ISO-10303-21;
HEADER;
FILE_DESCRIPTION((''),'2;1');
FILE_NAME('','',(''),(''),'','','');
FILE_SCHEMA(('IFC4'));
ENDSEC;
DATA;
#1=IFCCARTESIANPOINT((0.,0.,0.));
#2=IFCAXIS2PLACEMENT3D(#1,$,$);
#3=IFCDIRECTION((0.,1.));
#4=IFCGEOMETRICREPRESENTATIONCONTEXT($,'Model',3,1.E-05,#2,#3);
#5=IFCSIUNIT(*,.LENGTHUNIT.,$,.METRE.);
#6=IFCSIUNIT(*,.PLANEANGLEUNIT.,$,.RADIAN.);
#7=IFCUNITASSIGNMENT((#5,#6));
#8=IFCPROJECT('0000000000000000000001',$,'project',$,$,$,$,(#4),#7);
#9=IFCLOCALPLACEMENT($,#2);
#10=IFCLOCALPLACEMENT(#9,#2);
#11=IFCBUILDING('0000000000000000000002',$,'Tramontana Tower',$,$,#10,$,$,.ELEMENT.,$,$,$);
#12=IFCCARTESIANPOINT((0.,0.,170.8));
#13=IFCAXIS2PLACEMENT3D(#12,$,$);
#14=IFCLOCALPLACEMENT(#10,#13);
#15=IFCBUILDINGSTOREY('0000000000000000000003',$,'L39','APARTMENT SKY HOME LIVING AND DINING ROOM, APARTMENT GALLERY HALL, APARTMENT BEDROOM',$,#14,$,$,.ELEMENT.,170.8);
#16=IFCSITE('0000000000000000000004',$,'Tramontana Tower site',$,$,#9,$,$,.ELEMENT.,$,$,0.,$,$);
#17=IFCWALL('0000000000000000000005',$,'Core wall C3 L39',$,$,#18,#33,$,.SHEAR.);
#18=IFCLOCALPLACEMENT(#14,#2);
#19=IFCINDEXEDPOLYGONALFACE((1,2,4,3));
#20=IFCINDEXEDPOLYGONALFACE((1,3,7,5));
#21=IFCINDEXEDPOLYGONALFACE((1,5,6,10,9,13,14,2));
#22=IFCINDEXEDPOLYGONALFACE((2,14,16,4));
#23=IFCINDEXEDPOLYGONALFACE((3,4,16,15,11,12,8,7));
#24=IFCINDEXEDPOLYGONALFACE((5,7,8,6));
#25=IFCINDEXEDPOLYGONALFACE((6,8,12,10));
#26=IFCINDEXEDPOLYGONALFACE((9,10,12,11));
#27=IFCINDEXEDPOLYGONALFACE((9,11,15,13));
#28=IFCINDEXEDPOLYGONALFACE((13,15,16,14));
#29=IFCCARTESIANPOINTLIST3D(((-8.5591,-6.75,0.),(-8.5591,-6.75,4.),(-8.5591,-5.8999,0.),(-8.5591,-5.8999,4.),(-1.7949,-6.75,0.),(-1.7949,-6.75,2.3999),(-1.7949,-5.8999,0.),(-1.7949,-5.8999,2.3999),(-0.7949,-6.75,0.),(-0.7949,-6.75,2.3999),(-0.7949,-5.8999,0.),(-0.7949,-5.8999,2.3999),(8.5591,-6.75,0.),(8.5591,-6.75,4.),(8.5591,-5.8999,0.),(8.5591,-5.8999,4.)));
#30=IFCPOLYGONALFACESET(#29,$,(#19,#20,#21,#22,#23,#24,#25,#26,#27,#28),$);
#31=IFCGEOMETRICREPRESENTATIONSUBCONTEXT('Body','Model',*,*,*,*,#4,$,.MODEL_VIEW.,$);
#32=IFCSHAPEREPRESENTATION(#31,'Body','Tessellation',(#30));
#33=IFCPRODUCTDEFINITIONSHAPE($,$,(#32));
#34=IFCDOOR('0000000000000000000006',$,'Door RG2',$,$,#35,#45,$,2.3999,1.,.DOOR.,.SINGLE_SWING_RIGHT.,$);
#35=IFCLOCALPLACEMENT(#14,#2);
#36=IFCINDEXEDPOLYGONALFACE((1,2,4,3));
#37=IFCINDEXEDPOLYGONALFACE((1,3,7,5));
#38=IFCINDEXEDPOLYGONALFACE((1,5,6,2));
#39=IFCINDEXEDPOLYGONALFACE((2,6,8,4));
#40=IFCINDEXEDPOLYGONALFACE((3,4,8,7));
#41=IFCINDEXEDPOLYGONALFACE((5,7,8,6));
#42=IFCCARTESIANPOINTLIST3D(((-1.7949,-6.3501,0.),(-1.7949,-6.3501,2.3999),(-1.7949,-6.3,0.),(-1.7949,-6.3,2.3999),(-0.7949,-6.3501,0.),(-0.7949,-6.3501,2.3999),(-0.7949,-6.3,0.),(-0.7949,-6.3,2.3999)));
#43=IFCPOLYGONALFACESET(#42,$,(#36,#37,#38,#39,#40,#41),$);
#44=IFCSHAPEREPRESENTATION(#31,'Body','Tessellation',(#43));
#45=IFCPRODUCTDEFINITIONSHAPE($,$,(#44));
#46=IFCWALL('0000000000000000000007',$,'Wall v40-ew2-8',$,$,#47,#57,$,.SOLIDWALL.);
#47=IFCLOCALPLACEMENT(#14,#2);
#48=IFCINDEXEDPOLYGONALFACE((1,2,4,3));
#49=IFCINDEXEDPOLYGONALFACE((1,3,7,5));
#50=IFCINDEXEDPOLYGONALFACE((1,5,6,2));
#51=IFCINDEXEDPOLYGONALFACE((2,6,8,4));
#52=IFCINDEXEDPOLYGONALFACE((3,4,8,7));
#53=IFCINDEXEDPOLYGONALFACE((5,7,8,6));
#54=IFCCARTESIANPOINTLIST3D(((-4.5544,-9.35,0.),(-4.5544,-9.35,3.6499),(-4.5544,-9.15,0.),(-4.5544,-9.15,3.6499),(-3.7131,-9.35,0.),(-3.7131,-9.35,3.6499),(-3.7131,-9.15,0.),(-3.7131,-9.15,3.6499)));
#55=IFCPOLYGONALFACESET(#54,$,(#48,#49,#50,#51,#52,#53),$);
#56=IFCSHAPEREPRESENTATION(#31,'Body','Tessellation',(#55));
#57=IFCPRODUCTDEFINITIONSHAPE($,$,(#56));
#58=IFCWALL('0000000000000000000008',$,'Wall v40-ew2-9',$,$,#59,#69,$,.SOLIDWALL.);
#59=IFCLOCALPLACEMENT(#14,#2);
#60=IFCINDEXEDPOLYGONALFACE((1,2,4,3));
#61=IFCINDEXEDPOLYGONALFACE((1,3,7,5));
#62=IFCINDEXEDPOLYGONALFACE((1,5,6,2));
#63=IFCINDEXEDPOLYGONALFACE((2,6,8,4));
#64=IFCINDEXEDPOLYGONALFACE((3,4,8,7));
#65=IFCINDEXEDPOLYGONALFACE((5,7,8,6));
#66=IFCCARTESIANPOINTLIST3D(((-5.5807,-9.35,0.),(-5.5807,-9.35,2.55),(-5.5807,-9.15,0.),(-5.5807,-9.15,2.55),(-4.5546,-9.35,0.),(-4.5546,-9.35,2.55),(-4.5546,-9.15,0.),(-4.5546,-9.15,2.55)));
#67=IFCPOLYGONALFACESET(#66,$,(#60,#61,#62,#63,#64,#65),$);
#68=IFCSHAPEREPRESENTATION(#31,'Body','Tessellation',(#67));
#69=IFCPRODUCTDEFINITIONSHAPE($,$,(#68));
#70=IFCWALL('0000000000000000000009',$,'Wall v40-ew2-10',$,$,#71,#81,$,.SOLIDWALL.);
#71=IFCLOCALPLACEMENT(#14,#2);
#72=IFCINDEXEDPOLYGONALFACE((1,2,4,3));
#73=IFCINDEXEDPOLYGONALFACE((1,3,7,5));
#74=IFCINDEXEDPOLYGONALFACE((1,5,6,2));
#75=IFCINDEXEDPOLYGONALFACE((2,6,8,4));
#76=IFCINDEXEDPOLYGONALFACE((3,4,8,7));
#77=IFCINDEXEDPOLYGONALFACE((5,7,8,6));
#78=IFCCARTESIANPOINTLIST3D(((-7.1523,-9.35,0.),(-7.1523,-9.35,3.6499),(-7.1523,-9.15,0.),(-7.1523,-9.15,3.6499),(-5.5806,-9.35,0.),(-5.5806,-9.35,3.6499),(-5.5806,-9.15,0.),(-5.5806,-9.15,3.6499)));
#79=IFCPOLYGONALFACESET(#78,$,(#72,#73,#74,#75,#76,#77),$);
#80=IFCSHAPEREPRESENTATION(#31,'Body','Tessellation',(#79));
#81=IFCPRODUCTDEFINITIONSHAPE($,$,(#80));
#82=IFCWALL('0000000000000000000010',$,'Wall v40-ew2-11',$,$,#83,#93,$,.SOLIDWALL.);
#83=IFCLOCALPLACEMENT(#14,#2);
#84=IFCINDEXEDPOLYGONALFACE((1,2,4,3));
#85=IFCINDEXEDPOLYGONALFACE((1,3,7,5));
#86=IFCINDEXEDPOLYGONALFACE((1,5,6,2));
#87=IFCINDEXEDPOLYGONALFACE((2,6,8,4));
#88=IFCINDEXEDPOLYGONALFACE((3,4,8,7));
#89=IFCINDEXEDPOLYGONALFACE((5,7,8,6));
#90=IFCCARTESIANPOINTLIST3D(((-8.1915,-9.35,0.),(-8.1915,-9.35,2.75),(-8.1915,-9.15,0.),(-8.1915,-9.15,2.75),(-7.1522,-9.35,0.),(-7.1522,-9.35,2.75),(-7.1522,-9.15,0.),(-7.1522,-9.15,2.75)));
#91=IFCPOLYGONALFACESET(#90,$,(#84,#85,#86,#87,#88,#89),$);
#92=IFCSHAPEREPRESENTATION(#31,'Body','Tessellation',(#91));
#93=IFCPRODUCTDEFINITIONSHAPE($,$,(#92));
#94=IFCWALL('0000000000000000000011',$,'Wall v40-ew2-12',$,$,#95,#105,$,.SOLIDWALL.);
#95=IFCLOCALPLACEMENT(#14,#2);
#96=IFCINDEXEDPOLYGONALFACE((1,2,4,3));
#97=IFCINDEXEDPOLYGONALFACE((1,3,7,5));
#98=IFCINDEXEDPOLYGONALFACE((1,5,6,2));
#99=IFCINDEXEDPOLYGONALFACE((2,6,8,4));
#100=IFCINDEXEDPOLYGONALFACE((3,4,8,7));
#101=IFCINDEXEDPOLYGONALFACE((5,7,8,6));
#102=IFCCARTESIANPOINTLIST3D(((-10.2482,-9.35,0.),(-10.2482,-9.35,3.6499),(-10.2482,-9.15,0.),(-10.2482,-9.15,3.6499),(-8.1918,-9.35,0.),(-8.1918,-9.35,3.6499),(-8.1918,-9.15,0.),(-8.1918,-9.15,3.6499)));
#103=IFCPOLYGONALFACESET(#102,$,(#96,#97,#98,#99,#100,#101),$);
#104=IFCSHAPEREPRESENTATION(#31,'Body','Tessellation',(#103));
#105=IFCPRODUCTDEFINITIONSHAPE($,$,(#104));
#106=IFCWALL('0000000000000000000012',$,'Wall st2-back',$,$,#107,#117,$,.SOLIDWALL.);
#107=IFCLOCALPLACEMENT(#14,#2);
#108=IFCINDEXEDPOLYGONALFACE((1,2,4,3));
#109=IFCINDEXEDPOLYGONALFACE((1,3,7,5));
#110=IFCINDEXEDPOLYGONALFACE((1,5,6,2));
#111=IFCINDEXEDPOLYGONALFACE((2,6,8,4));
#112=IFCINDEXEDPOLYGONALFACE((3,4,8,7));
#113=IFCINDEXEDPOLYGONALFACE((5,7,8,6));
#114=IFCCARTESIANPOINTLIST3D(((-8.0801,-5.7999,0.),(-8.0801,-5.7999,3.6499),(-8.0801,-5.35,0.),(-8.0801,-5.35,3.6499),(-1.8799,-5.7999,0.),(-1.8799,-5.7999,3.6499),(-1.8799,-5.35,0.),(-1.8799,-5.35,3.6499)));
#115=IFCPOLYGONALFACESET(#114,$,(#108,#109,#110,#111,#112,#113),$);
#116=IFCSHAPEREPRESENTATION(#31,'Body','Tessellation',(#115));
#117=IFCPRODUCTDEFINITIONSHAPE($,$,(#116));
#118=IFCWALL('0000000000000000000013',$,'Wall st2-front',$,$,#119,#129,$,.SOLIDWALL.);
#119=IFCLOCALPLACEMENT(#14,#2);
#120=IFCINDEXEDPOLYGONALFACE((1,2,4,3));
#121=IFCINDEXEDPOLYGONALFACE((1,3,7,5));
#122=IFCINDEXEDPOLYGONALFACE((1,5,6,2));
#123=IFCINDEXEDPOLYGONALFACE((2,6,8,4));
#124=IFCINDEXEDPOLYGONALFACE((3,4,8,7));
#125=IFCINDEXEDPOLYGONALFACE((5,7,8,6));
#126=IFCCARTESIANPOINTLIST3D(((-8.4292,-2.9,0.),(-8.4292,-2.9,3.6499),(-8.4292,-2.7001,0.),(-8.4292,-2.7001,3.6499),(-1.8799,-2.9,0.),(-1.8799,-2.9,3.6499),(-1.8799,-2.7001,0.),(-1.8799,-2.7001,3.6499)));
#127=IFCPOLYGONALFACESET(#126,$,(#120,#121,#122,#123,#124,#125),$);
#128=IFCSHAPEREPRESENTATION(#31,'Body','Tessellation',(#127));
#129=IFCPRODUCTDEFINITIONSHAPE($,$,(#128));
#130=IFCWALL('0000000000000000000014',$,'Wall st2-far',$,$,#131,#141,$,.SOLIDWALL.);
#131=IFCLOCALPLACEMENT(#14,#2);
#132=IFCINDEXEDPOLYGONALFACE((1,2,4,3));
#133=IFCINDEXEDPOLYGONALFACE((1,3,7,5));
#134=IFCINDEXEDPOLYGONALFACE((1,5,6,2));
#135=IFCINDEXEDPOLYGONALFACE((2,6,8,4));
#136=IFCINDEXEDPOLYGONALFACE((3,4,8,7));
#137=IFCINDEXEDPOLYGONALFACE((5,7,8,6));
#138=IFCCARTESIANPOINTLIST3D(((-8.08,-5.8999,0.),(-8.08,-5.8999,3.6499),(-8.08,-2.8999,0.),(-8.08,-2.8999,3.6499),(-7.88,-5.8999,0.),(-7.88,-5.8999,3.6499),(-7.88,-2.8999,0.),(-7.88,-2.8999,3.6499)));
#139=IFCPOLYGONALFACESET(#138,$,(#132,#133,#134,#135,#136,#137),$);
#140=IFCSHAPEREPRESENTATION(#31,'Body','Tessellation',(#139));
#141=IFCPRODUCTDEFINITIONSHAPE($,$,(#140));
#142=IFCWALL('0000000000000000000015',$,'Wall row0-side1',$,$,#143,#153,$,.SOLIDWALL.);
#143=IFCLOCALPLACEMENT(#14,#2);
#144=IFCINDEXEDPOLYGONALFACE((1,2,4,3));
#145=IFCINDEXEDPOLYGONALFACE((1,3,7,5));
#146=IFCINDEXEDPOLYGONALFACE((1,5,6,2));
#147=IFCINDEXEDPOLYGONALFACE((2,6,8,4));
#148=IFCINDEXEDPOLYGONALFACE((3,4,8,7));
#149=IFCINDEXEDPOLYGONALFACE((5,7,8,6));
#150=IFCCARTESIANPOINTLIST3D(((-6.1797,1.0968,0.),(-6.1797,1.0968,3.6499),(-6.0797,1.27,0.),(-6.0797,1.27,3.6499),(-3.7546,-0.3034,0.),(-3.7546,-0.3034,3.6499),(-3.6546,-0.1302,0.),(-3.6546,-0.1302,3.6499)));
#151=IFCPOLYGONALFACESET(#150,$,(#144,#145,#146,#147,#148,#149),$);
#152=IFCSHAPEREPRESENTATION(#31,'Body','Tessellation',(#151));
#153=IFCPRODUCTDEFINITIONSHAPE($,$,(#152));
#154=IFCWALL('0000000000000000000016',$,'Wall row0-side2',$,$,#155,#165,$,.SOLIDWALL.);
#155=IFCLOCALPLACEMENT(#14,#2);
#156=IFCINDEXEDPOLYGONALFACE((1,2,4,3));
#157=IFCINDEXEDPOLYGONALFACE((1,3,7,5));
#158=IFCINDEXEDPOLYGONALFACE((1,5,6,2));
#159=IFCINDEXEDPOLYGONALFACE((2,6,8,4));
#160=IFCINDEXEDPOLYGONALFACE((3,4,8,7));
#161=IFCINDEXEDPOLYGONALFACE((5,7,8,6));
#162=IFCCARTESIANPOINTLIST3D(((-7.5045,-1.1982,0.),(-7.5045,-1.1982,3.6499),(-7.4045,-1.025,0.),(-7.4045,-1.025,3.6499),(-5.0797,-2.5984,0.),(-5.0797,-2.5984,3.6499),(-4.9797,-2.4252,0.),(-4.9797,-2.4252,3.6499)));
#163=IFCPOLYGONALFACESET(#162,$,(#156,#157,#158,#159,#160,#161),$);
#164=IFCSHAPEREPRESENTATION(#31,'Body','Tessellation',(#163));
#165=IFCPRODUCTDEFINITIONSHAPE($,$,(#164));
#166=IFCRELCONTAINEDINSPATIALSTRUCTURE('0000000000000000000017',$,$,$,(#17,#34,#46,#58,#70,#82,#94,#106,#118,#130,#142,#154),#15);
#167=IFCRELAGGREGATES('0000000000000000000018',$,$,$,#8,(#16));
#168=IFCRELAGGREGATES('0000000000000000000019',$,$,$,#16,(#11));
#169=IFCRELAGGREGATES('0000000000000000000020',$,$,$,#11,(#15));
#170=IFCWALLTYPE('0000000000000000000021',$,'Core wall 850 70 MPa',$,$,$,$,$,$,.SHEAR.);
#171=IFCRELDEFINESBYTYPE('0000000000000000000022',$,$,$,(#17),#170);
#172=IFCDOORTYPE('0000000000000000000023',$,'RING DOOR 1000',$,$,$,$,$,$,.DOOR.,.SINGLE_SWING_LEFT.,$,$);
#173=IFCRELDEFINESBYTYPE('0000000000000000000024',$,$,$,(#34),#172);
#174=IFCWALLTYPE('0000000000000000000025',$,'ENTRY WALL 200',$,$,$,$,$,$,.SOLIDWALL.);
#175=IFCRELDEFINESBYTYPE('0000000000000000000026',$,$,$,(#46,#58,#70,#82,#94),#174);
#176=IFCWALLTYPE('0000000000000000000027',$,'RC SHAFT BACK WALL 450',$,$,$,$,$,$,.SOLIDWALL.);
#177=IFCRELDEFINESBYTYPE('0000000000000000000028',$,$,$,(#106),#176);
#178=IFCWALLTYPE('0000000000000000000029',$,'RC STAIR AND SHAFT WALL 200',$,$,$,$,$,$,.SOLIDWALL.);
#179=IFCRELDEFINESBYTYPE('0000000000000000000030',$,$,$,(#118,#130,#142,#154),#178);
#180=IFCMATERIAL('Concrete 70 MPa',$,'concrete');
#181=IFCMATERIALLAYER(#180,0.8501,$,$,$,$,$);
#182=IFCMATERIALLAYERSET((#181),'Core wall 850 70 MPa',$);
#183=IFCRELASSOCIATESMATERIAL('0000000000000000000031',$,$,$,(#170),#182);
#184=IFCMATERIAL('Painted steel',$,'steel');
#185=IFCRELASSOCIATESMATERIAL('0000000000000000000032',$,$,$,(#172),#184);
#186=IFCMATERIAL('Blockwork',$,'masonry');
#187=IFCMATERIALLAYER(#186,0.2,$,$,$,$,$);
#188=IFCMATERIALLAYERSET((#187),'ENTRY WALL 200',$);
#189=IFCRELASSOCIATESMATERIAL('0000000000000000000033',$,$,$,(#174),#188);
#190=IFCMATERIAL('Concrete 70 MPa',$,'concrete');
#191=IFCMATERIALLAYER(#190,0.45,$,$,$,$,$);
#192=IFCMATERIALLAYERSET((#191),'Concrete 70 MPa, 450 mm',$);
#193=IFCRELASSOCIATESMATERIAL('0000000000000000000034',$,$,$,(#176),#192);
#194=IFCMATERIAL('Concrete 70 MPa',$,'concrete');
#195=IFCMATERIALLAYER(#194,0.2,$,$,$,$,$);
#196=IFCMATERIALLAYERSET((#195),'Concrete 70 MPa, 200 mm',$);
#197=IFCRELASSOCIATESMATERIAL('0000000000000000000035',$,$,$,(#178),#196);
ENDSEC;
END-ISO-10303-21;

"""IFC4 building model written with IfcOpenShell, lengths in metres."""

from ifc_helpers import new_model, si_unit, direction, frame, frame_2d, origin, place, context, subcontext, project, spatial, rectangle, extrude, material, layer, layer_set, type_object, element, fill, save


model = new_model("IFC4")

# Units and contexts
model_context = context("Model", 3, precision=1e-05, world=origin(), true_north=direction((0.0, 1.0)))
body_context = subcontext(model_context, "Body", "Model", "MODEL_VIEW")
ifc_project = project(units=[si_unit("LENGTHUNIT", "METRE"), si_unit("PLANEANGLEUNIT", "RADIAN")], contexts=[model_context])

# Site, building, storey
site_placement = place(None, origin())
site = spatial("IfcSite", under=ifc_project, at=site_placement, Name="Tramontana Tower site", CompositionType="ELEMENT", RefElevation=0.0)
building_placement = place(site_placement, origin())
building = spatial("IfcBuilding", under=site, at=building_placement, Name="Tramontana Tower", CompositionType="ELEMENT")
storey_placement = place(building_placement, frame((0.0, 0.0, 170.8)))
storey = spatial("IfcBuildingStorey", under=building, at=storey_placement, Name="L39", Description="APARTMENT SKY HOME LIVING AND DINING ROOM, APARTMENT GALLERY HALL, APARTMENT BEDROOM", CompositionType="ELEMENT", Elevation=170.8)

# Wall, opening, door
ifc_material_1 = material(Name="Concrete 70 MPa", Category="concrete")
ifc_layer_1 = layer(ifc_material_1, 0.8501)
ifc_layer_set_1 = layer_set([ifc_layer_1], Name="Core wall 850 70 MPa")
wall_type_1 = type_object("IfcWallType", Name="Core wall 850 70 MPa", PredefinedType="SHEAR", material=ifc_layer_set_1)
wall_1_placement = place(storey_placement, frame((-8.5591, -6.325, 0.0), z_axis=(0.0, 0.0, 1.0), x_axis=(1.0, 0.0, 0.0)))
wall_1 = element("IfcWall", 1, at=wall_1_placement, inside=storey, type_object=wall_type_1, Name="Core wall C3 L39", PredefinedType="SHEAR", context=body_context, shape_type="SweptSolid", body=[
    extrude(rectangle(XDim=17.1182, YDim=0.8501, at=frame_2d((8.5591, 0.0))), origin(), (0.0, 0.0, 1.0), 4.0),
])
opening_1_placement = place(wall_1_placement, frame((6.7642, 0.0, 0.0)))
opening_1 = element("IfcOpeningElement", 2, at=opening_1_placement, cuts=wall_1, PredefinedType="OPENING", context=body_context, shape_type="SweptSolid", body=[
    extrude(rectangle(XDim=1.0, YDim=2.3999, at=frame_2d((0.5, 1.2))), frame((0.0, 0.4351, 0.0), z_axis=(0.0, -1.0, 0.0), x_axis=(1.0, 0.0, 0.0)), (0.0, 0.0, 1.0), 0.8701),
])
ifc_material_2 = material(Name="Painted steel", Category="steel")
door_type_1 = type_object("IfcDoorType", Name="RING DOOR 1000", OperationType="SINGLE_SWING_LEFT", PredefinedType="DOOR", material=ifc_material_2)
door_1_placement = place(opening_1_placement, origin())
door_1 = element("IfcDoor", 3, at=door_1_placement, inside=storey, type_object=door_type_1, Name="Door RG2", OperationType="SINGLE_SWING_RIGHT", OverallHeight=2.3999, OverallWidth=1.0, PredefinedType="DOOR", context=body_context, shape_type="SweptSolid", body=[
    extrude(rectangle(XDim=1.0, YDim=2.3999, at=frame_2d((0.5, 1.2))), frame((0.0, 0.0249, 0.0), z_axis=(0.0, -1.0, 0.0), x_axis=(1.0, 0.0, 0.0)), (0.0, 0.0, 1.0), 0.05),
])
fill(opening_1, door_1)
ifc_material_3 = material(Name="Blockwork", Category="masonry")
ifc_layer_2 = layer(ifc_material_3, 0.2)
ifc_layer_set_2 = layer_set([ifc_layer_2], Name="ENTRY WALL 200")
wall_type_2 = type_object("IfcWallType", Name="ENTRY WALL 200", PredefinedType="SOLIDWALL", material=ifc_layer_set_2)

# Walls
wall_2_placement = place(storey_placement, frame((-3.7131, -9.25, 0.0), z_axis=(0.0, 0.0, 1.0), x_axis=(-1.0, 0.0, 0.0)))
element("IfcWall", 4, at=wall_2_placement, inside=storey, type_object=wall_type_2, Name="Wall v40-ew2-8", PredefinedType="SOLIDWALL", context=body_context, shape_type="SweptSolid", body=[
    extrude(rectangle(XDim=0.8413, YDim=0.2, at=frame_2d((0.4207, 0.0))), origin(), (0.0, 0.0, 1.0), 3.6499),
])
wall_3_placement = place(storey_placement, frame((-4.5544, -9.25, 0.0), z_axis=(0.0, 0.0, 1.0), x_axis=(-1.0, 0.0, 0.0)))
element("IfcWall", 5, at=wall_3_placement, inside=storey, type_object=wall_type_2, Name="Wall v40-ew2-9", PredefinedType="SOLIDWALL", context=body_context, shape_type="SweptSolid", body=[
    extrude(rectangle(XDim=1.0261, YDim=0.2, at=frame_2d((0.5132, 0.0))), origin(), (0.0, 0.0, 1.0), 2.55),
])
wall_4_placement = place(storey_placement, frame((-5.5806, -9.25, 0.0), z_axis=(0.0, 0.0, 1.0), x_axis=(-1.0, 0.0, 0.0)))
element("IfcWall", 6, at=wall_4_placement, inside=storey, type_object=wall_type_2, Name="Wall v40-ew2-10", PredefinedType="SOLIDWALL", context=body_context, shape_type="SweptSolid", body=[
    extrude(rectangle(XDim=1.5718, YDim=0.2, at=frame_2d((0.7859, 0.0))), origin(), (0.0, 0.0, 1.0), 3.6499),
])
wall_5_placement = place(storey_placement, frame((-7.1523, -9.25, 0.0), z_axis=(0.0, 0.0, 1.0), x_axis=(-1.0, 0.0, 0.0)))
element("IfcWall", 7, at=wall_5_placement, inside=storey, type_object=wall_type_2, Name="Wall v40-ew2-11", PredefinedType="SOLIDWALL", context=body_context, shape_type="SweptSolid", body=[
    extrude(rectangle(XDim=1.0393, YDim=0.2, at=frame_2d((0.5195, 0.0))), origin(), (0.0, 0.0, 1.0), 2.75),
])
wall_6_placement = place(storey_placement, frame((-8.1917, -9.25, 0.0), z_axis=(0.0, 0.0, 1.0), x_axis=(-1.0, 0.0, 0.0)))
element("IfcWall", 8, at=wall_6_placement, inside=storey, type_object=wall_type_2, Name="Wall v40-ew2-12", PredefinedType="SOLIDWALL", context=body_context, shape_type="SweptSolid", body=[
    extrude(rectangle(XDim=2.0564, YDim=0.2, at=frame_2d((1.0283, 0.0))), origin(), (0.0, 0.0, 1.0), 3.6499),
])
ifc_material_4 = material(Name="Concrete 70 MPa", Category="concrete")
ifc_layer_3 = layer(ifc_material_4, 0.45)
ifc_layer_set_3 = layer_set([ifc_layer_3], Name="Concrete 70 MPa, 450 mm")
wall_type_3 = type_object("IfcWallType", Name="RC SHAFT BACK WALL 450", PredefinedType="SOLIDWALL", material=ifc_layer_set_3)
wall_7_placement = place(storey_placement, frame((-8.0801, -5.575, 0.0), z_axis=(0.0, 0.0, 1.0), x_axis=(1.0, 0.0, 0.0)))
element("IfcWall", 9, at=wall_7_placement, inside=storey, type_object=wall_type_3, Name="Wall st2-back", PredefinedType="SOLIDWALL", context=body_context, shape_type="SweptSolid", body=[
    extrude(rectangle(XDim=6.2002, YDim=0.45, at=frame_2d((3.1001, 0.0))), origin(), (0.0, 0.0, 1.0), 3.6499),
])
ifc_material_5 = material(Name="Concrete 70 MPa", Category="concrete")
ifc_layer_4 = layer(ifc_material_5, 0.2)
ifc_layer_set_4 = layer_set([ifc_layer_4], Name="Concrete 70 MPa, 200 mm")
wall_type_4 = type_object("IfcWallType", Name="RC STAIR AND SHAFT WALL 200", PredefinedType="SOLIDWALL", material=ifc_layer_set_4)
wall_8_placement = place(storey_placement, frame((-8.4292, -2.8, 0.0), z_axis=(0.0, 0.0, 1.0), x_axis=(1.0, 0.0, 0.0)))
element("IfcWall", 10, at=wall_8_placement, inside=storey, type_object=wall_type_4, Name="Wall st2-front", PredefinedType="SOLIDWALL", context=body_context, shape_type="SweptSolid", body=[
    extrude(rectangle(XDim=6.5493, YDim=0.2, at=frame_2d((3.2747, 0.0))), origin(), (0.0, 0.0, 1.0), 3.6499),
])
wall_9_placement = place(storey_placement, frame((-7.98, -2.8999, 0.0), z_axis=(0.0, 0.0, 1.0), x_axis=(0.0, -1.0, 0.0)))
element("IfcWall", 11, at=wall_9_placement, inside=storey, type_object=wall_type_4, Name="Wall st2-far", PredefinedType="SOLIDWALL", context=body_context, shape_type="SweptSolid", body=[
    extrude(rectangle(XDim=3.0, YDim=0.2, at=frame_2d((1.5, 0.0))), origin(), (0.0, 0.0, 1.0), 3.6499),
])
wall_10_placement = place(storey_placement, frame((-3.7046, -0.2168, 0.0), z_axis=(0.0, 0.0, 1.0), x_axis=(-0.866019, 0.500012, 0.0)))
element("IfcWall", 12, at=wall_10_placement, inside=storey, type_object=wall_type_4, Name="Wall row0-side1", PredefinedType="SOLIDWALL", context=body_context, shape_type="SweptSolid", body=[
    extrude(rectangle(XDim=2.8003, YDim=0.2, at=frame_2d((1.4001, 0.0))), origin(), (0.0, 0.0, 1.0), 3.6499),
])
wall_11_placement = place(storey_placement, frame((-5.0298, -2.5117, 0.0), z_axis=(0.0, 0.0, 1.0), x_axis=(-0.865997, 0.50005, 0.0)))
element("IfcWall", 13, at=wall_11_placement, inside=storey, type_object=wall_type_4, Name="Wall row0-side2", PredefinedType="SOLIDWALL", context=body_context, shape_type="SweptSolid", body=[
    extrude(rectangle(XDim=2.8, YDim=0.2, at=frame_2d((1.3999, 0.0))), origin(), (0.0, 0.0, 1.0), 3.6499),
])

save(model, "model.ifc")
